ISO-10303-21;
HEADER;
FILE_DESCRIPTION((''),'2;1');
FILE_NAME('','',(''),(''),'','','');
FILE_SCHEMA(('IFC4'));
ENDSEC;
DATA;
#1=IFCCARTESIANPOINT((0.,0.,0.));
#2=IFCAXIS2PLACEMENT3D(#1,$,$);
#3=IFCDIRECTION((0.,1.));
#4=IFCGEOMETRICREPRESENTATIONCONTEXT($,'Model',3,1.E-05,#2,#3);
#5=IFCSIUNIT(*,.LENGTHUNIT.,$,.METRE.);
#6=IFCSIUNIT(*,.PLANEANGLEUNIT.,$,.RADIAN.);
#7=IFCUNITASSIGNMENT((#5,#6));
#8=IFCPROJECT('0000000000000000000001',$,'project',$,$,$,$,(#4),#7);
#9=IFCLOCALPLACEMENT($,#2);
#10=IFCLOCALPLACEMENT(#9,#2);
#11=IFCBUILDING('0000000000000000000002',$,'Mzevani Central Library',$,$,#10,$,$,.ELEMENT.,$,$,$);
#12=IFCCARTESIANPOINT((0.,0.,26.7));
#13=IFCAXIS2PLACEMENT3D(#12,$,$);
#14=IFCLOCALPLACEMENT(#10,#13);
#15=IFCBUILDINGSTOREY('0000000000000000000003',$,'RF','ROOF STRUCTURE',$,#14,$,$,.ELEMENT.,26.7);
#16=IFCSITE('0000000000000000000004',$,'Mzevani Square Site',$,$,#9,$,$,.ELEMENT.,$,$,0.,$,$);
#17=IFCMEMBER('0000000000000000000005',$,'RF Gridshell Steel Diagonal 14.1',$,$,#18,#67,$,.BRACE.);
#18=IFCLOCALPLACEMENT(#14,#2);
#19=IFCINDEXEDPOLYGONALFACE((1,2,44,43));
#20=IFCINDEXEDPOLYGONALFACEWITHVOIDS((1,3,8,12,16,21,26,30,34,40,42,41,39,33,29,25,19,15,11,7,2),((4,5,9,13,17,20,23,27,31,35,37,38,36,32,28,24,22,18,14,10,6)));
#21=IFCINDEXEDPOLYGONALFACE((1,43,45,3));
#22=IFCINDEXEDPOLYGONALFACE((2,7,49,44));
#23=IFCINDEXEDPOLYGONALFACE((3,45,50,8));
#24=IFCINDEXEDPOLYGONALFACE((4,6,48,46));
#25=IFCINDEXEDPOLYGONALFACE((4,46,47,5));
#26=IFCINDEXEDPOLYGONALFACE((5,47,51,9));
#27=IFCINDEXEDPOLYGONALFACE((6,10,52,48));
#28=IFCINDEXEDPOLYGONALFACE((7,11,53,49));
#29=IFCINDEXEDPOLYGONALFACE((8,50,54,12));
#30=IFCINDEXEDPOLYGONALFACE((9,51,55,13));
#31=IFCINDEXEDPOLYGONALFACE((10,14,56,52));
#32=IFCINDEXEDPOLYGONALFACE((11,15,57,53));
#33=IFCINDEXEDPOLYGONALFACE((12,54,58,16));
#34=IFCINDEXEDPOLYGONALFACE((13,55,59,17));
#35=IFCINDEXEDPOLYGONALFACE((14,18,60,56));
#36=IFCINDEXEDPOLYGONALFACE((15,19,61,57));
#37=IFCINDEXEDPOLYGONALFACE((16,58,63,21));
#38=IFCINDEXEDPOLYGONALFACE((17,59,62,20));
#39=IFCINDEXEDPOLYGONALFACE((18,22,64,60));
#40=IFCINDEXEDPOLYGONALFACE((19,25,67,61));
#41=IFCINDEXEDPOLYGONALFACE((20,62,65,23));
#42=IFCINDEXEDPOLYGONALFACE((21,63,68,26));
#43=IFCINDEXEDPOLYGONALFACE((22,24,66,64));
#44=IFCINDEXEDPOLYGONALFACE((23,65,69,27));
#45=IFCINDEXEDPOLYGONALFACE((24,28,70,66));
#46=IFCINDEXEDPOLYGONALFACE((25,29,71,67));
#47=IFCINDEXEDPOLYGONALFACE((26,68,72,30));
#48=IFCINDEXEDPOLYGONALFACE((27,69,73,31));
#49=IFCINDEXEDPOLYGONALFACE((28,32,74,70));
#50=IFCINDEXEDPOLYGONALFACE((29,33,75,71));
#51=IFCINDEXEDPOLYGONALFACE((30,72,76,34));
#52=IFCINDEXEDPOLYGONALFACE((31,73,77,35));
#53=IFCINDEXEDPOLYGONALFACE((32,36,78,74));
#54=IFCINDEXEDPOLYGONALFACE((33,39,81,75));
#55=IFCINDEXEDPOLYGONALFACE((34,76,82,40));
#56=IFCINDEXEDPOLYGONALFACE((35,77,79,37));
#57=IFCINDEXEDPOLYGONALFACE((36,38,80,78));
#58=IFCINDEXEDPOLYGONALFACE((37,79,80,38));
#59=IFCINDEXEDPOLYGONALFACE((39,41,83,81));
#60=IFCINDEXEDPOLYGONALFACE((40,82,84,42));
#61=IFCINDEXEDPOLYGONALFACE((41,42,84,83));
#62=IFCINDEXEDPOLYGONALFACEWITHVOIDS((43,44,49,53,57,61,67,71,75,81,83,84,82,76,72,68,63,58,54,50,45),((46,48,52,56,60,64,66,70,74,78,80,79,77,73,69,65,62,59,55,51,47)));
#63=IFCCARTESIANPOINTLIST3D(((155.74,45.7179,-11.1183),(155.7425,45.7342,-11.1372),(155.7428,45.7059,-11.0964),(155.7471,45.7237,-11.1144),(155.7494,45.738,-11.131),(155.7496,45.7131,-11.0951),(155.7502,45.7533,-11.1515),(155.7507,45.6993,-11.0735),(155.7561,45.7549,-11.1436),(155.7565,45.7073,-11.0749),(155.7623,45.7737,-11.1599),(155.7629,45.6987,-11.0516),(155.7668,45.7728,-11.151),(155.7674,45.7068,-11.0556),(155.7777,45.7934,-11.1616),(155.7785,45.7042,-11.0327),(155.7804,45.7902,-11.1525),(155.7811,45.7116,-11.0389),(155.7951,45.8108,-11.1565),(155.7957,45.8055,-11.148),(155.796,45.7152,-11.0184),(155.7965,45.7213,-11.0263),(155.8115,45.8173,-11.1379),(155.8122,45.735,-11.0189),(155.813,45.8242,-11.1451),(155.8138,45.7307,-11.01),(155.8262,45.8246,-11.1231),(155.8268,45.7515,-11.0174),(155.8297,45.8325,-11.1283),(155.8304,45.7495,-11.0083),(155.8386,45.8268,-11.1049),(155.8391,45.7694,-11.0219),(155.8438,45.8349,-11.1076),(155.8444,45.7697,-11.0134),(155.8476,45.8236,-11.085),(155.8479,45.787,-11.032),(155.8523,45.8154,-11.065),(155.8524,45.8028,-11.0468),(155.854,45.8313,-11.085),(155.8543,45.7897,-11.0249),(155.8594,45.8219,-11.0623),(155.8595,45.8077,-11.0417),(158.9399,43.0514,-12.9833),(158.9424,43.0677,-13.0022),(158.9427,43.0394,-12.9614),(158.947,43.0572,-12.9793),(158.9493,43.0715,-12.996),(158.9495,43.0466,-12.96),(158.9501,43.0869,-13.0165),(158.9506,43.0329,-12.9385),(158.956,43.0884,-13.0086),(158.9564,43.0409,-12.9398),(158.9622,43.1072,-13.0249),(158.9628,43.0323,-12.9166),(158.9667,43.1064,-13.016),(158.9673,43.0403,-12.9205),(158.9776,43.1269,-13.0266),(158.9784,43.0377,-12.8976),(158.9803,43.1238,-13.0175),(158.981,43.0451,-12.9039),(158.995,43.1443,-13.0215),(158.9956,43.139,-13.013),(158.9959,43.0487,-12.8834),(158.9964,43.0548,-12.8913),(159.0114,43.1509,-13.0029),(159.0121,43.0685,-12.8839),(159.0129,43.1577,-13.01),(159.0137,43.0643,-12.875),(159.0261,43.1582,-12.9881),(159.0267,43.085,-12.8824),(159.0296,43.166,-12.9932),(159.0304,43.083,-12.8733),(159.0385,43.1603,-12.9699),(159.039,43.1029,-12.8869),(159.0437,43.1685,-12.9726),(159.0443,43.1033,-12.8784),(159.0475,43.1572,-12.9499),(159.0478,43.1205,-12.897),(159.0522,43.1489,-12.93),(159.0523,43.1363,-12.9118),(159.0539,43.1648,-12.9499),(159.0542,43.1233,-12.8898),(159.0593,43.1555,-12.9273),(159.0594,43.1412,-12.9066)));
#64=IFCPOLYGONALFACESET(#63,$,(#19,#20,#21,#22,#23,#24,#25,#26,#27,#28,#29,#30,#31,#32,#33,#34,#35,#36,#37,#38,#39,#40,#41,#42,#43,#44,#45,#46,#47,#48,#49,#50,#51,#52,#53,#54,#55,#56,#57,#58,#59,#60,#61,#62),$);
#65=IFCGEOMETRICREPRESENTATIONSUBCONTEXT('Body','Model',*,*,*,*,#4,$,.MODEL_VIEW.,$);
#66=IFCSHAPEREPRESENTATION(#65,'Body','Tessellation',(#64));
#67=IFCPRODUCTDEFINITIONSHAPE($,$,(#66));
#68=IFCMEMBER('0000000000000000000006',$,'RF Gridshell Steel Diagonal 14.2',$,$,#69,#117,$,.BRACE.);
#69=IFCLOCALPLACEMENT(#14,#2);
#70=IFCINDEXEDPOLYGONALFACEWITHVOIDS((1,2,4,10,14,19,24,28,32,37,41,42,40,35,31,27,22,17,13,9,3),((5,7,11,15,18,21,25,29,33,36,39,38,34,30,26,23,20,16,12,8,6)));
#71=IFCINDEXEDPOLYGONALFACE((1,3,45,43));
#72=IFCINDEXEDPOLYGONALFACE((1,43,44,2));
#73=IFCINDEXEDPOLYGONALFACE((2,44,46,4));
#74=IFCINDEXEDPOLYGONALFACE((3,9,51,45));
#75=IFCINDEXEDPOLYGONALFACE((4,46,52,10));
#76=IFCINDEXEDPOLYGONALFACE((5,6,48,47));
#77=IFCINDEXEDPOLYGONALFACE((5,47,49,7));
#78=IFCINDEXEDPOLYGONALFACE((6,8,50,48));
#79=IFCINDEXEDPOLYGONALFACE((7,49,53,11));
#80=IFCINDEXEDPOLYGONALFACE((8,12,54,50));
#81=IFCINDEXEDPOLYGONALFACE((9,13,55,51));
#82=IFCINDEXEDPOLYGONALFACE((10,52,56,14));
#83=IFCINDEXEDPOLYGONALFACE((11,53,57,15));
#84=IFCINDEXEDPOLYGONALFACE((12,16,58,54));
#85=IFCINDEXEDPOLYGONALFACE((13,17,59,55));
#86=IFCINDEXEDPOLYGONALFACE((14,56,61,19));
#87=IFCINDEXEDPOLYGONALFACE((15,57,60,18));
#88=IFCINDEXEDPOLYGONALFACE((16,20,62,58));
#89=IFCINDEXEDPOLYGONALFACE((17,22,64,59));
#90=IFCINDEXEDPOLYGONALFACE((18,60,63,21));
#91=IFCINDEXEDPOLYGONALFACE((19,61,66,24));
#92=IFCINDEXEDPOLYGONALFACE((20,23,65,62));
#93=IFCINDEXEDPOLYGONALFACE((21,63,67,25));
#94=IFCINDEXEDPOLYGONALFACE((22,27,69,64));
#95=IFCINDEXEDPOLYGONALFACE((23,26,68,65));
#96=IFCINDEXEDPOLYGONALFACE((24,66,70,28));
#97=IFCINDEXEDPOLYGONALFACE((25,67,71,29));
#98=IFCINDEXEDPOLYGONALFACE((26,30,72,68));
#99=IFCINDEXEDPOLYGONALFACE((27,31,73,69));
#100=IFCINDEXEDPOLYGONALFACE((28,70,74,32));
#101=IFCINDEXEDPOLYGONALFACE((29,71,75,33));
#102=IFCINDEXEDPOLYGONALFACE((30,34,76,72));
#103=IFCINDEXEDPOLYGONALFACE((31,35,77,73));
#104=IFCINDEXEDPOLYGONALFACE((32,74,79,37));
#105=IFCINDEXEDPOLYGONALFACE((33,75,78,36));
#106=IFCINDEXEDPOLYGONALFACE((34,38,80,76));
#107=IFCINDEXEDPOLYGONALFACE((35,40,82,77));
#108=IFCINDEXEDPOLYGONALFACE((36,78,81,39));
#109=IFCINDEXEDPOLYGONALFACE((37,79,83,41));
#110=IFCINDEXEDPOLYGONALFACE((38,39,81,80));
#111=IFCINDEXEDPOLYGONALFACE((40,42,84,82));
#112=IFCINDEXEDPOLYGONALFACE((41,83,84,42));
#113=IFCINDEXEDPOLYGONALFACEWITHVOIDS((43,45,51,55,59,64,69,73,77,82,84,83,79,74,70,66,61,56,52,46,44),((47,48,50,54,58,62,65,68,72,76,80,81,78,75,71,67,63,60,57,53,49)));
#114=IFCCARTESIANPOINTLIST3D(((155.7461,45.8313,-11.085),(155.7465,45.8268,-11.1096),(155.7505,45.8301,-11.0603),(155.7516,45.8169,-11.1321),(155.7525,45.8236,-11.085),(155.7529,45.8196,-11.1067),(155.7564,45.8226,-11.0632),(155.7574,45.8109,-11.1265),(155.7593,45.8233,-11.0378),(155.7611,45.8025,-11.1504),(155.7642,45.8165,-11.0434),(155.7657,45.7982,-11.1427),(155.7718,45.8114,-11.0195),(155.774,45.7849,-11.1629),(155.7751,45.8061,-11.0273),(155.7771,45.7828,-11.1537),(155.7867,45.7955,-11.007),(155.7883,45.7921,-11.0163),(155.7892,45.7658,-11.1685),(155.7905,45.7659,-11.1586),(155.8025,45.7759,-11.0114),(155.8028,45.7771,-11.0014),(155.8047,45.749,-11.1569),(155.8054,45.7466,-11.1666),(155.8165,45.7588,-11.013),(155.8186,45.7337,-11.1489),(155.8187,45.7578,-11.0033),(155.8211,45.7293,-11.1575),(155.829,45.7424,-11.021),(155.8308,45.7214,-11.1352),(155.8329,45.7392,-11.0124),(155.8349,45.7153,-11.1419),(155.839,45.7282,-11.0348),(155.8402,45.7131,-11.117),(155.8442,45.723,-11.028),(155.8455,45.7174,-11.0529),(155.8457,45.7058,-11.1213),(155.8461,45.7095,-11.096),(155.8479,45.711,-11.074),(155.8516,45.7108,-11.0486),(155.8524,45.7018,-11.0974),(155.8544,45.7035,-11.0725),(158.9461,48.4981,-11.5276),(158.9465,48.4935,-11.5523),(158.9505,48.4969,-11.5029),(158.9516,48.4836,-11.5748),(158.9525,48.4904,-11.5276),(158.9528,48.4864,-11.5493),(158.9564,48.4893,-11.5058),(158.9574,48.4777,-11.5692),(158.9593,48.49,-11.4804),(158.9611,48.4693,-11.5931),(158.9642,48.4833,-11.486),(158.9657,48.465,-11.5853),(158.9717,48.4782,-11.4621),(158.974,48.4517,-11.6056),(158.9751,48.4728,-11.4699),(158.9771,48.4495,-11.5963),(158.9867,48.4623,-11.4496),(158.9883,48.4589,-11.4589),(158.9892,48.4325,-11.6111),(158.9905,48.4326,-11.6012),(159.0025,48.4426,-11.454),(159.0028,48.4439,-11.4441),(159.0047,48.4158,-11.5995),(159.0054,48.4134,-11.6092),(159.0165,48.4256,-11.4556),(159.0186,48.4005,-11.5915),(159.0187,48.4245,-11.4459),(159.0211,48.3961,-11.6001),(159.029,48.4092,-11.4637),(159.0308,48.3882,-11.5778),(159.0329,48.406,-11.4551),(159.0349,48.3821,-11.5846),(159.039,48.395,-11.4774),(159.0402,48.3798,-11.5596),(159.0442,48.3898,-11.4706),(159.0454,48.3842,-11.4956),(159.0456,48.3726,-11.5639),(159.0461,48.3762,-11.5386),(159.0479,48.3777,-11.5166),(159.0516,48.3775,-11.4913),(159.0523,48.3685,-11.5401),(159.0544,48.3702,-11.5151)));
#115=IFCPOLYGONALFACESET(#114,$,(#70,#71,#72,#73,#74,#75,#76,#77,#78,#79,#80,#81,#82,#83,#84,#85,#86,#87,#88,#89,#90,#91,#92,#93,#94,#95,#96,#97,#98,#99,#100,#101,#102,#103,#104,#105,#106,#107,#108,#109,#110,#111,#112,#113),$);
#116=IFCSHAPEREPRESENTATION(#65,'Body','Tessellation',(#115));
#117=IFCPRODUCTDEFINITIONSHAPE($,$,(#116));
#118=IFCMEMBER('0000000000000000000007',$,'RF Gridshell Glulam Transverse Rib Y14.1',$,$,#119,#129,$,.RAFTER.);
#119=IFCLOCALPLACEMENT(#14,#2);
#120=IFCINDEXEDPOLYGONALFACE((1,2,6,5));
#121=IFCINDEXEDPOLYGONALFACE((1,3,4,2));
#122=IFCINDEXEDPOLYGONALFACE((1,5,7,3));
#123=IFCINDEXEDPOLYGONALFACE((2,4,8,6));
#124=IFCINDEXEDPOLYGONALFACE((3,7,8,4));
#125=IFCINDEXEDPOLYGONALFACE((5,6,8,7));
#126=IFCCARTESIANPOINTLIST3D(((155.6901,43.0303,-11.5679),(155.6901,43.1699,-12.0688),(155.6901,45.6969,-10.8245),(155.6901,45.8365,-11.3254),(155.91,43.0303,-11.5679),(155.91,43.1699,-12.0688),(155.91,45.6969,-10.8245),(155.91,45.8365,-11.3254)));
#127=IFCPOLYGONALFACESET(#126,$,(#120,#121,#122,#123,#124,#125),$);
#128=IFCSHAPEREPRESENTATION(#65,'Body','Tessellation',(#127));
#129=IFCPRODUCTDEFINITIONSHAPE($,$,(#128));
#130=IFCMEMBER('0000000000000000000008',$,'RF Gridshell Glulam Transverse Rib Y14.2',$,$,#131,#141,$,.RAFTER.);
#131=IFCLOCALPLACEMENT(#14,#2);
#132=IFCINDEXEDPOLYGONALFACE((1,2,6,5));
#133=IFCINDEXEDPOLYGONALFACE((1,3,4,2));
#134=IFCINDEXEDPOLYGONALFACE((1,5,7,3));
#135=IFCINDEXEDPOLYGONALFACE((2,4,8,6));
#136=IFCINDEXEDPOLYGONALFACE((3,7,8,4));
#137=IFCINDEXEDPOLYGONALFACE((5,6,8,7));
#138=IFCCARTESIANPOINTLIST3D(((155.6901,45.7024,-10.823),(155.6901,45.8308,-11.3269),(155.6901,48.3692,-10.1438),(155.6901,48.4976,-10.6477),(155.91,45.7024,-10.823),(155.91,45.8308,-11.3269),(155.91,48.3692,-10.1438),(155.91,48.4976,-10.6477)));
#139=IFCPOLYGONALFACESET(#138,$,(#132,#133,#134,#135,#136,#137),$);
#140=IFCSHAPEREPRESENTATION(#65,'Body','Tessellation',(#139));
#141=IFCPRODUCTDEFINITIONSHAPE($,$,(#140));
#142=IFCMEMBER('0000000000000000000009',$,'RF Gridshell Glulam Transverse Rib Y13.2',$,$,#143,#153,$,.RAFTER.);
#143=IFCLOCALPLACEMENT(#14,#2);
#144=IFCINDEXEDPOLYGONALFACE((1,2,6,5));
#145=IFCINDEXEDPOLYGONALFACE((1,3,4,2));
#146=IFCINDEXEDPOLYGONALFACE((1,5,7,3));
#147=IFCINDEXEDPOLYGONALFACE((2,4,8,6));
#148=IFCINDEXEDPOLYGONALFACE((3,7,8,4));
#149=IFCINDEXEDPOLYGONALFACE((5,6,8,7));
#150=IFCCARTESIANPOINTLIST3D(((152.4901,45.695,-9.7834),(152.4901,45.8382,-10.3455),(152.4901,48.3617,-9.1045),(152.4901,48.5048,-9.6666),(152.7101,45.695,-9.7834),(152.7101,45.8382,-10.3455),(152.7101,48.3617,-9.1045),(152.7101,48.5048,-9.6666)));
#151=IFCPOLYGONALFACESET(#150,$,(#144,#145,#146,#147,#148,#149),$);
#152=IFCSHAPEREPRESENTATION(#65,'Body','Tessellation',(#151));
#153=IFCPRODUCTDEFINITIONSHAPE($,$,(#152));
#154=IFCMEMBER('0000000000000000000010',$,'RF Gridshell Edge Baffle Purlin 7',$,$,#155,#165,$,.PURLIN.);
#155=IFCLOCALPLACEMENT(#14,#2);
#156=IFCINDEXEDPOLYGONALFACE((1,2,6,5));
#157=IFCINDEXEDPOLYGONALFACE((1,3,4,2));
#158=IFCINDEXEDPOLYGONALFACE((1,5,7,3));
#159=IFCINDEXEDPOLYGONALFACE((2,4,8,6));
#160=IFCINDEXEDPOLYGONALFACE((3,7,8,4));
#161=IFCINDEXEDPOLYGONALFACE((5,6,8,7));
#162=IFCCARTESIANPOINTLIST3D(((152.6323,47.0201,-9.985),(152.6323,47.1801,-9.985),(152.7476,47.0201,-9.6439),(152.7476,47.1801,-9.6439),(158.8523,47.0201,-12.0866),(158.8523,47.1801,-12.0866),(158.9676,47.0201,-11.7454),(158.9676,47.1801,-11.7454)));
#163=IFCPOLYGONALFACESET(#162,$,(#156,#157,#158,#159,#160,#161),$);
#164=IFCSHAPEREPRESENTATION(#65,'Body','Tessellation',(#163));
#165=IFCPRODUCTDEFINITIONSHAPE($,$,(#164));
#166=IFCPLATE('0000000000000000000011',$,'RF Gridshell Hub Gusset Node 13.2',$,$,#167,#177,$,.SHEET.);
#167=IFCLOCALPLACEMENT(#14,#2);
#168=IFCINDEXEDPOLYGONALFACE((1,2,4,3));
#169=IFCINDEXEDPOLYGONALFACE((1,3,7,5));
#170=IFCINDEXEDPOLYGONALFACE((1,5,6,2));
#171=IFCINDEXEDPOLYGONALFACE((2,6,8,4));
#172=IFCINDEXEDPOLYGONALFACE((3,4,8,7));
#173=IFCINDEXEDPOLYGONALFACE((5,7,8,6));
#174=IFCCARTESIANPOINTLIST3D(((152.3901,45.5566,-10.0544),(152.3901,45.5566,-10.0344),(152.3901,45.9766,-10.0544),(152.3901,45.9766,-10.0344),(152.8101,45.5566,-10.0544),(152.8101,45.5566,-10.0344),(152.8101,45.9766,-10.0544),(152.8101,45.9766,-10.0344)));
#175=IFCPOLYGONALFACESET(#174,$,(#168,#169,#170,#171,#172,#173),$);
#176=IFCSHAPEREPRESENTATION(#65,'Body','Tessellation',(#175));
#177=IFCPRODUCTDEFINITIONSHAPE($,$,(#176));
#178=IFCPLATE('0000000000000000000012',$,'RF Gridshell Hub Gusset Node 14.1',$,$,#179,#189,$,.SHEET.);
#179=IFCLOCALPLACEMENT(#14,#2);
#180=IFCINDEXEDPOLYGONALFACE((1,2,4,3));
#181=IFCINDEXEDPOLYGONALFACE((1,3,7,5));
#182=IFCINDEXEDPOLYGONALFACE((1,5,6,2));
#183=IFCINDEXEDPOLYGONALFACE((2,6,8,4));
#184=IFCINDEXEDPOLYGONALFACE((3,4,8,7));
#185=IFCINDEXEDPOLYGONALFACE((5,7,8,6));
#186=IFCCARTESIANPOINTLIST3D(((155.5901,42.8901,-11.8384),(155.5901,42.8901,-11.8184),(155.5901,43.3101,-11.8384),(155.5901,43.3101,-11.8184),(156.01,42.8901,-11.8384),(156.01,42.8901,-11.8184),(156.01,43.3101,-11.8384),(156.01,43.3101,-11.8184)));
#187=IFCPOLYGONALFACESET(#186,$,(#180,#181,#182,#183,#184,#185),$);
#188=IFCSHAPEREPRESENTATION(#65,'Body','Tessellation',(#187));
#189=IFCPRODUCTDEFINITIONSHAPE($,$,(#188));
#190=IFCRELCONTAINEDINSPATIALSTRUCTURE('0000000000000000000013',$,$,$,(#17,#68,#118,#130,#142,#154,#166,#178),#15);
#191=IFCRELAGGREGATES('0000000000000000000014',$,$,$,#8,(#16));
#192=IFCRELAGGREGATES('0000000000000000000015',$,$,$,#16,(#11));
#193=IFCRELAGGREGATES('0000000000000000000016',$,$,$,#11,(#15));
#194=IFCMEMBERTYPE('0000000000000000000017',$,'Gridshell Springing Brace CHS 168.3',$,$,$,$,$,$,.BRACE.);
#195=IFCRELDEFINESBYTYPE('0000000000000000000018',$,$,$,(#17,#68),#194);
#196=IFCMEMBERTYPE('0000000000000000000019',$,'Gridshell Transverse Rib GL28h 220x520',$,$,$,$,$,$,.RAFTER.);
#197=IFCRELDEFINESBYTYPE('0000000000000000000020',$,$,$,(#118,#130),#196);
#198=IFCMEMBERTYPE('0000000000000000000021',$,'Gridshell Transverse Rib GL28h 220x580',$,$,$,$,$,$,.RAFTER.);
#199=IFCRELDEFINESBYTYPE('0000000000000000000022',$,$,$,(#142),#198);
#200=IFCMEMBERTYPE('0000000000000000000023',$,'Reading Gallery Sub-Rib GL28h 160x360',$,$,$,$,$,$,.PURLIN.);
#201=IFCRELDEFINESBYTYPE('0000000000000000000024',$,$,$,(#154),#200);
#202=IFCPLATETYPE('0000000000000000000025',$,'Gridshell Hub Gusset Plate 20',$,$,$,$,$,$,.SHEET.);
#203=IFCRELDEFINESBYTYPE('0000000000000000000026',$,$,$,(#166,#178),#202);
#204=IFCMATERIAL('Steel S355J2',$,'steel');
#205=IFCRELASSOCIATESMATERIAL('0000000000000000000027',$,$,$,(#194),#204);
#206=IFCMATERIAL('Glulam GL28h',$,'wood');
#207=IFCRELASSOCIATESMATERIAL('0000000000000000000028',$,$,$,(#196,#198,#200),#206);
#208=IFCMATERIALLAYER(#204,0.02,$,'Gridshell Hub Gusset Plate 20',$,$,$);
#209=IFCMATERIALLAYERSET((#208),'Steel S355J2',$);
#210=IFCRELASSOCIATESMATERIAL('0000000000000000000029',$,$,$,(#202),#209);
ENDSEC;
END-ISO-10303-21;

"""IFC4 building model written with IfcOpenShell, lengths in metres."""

from ifc_helpers import new_model, si_unit, direction, frame, origin, origin_2d, place, context, subcontext, project, spatial, rectangle, hollow_circle, extrude, material, layer, layer_set, material_profile, profile_set, type_object, element, save


model = new_model("IFC4")

# Units and contexts
model_context = context("Model", 3, precision=1e-05, world=origin(), true_north=direction((0.0, 1.0)))
body_context = subcontext(model_context, "Body", "Model", "MODEL_VIEW")
ifc_project = project(units=[si_unit("LENGTHUNIT", "METRE"), si_unit("PLANEANGLEUNIT", "RADIAN")], contexts=[model_context])

# Site, building, storey
site_placement = place(None, origin())
site = spatial("IfcSite", under=ifc_project, at=site_placement, Name="Mzevani Square Site", CompositionType="ELEMENT", RefElevation=0.0)
building_placement = place(site_placement, origin())
building = spatial("IfcBuilding", under=site, at=building_placement, Name="Mzevani Central Library", CompositionType="ELEMENT")
storey_placement = place(building_placement, frame((0.0, 0.0, 26.7)))
storey = spatial("IfcBuildingStorey", under=building, at=storey_placement, Name="RF", Description="ROOF STRUCTURE", CompositionType="ELEMENT", Elevation=26.7)

# Shared definitions
ifc_material_1 = material(Name="Steel S355J2", Category="steel")
ifc_material_2 = material(Name="Glulam GL28h", Category="wood")

# Members
ifc_material_profile_1 = material_profile(ifc_material_1, hollow_circle(Radius=0.0842, WallThickness=0.01, at=origin_2d()), Name="CHS 168.3x10.0")
ifc_profile_set_1 = profile_set([ifc_material_profile_1], Name="Steel S355J2")
member_type_1 = type_object("IfcMemberType", Name="Gridshell Springing Brace CHS 168.3", PredefinedType="BRACE", material=ifc_profile_set_1)
member_1_placement = place(storey_placement, frame((155.8, 45.7666, -11.085), z_axis=(0.701162, -0.584275, -0.40865), x_axis=(0.640167, 0.768236, 0.0)))
element("IfcMember", 1, at=member_1_placement, inside=storey, type_object=member_type_1, Name="RF Gridshell Steel Diagonal 14.1", PredefinedType="BRACE", context=body_context, shape_type="SweptSolid", body=[
    extrude(hollow_circle(Radius=0.0842, WallThickness=0.01, at=origin_2d()), origin(), (0.0, 0.0, 1.0), 4.5637),
])
member_2_placement = place(storey_placement, frame((155.8, 45.7666, -11.085), z_axis=(0.763906, 0.636618, -0.105666), x_axis=(-0.640202, 0.768207, 0.0)))
element("IfcMember", 2, at=member_2_placement, inside=storey, type_object=member_type_1, Name="RF Gridshell Steel Diagonal 14.2", PredefinedType="BRACE", context=body_context, shape_type="SweptSolid", body=[
    extrude(hollow_circle(Radius=0.0842, WallThickness=0.01, at=origin_2d()), origin(), (0.0, 0.0, 1.0), 4.189),
])
ifc_material_profile_2 = material_profile(ifc_material_2, rectangle(XDim=0.22, YDim=0.52, at=origin_2d()), Name="GL28h 220x520")
ifc_profile_set_2 = profile_set([ifc_material_profile_2], Name="Glulam GL28h")
member_type_2 = type_object("IfcMemberType", Name="Gridshell Transverse Rib GL28h 220x520", PredefinedType="RAFTER", material=ifc_profile_set_2)
member_3_placement = place(storey_placement, frame((155.8, 43.1001, -11.8184), z_axis=(0.0, 0.963265, 0.268553), x_axis=(-1.0, 0.0, 0.0)))
element("IfcMember", 3, at=member_3_placement, inside=storey, type_object=member_type_2, Name="RF Gridshell Glulam Transverse Rib Y14.1", PredefinedType="RAFTER", context=body_context, shape_type="SweptSolid", body=[
    extrude(rectangle(XDim=0.22, YDim=0.52, at=origin_2d()), origin(), (0.0, 0.0, 1.0), 2.7683),
])
member_4_placement = place(storey_placement, frame((155.8, 45.7666, -11.075), z_axis=(0.0, 0.969063, 0.246813), x_axis=(-1.0, 0.0, 0.0)))
element("IfcMember", 4, at=member_4_placement, inside=storey, type_object=member_type_2, Name="RF Gridshell Glulam Transverse Rib Y14.2", PredefinedType="RAFTER", context=body_context, shape_type="SweptSolid", body=[
    extrude(rectangle(XDim=0.22, YDim=0.52, at=origin_2d()), origin(), (0.0, 0.0, 1.0), 2.752),
])
ifc_material_profile_3 = material_profile(ifc_material_2, rectangle(XDim=0.22, YDim=0.5801, at=origin_2d()), Name="GL28h 220x580")
ifc_profile_set_3 = profile_set([ifc_material_profile_3], Name="Glulam GL28h")
member_type_3 = type_object("IfcMemberType", Name="Gridshell Transverse Rib GL28h 220x580", PredefinedType="RAFTER", material=ifc_profile_set_3)
member_5_placement = place(storey_placement, frame((152.6001, 45.7666, -10.0645), z_axis=(0.0, 0.969084, 0.246729), x_axis=(-1.0, 0.0, 0.0)))
element("IfcMember", 5, at=member_5_placement, inside=storey, type_object=member_type_3, Name="RF Gridshell Glulam Transverse Rib Y13.2", PredefinedType="RAFTER", context=body_context, shape_type="SweptSolid", body=[
    extrude(rectangle(XDim=0.22, YDim=0.5801, at=origin_2d()), origin(), (0.0, 0.0, 1.0), 2.7517),
])
ifc_material_profile_4 = material_profile(ifc_material_2, rectangle(XDim=0.1599, YDim=0.3601, at=origin_2d()), Name="GL28h 160x360")
ifc_profile_set_4 = profile_set([ifc_material_profile_4], Name="Glulam GL28h")
member_type_4 = type_object("IfcMemberType", Name="Reading Gallery Sub-Rib GL28h 160x360", PredefinedType="PURLIN", material=ifc_profile_set_4)
member_6_placement = place(storey_placement, frame((152.6899, 47.1001, -9.8145), z_axis=(0.947385, 0.0, -0.320096), x_axis=(0.0, 1.0, 0.0)))
element("IfcMember", 6, at=member_6_placement, inside=storey, type_object=member_type_4, Name="RF Gridshell Edge Baffle Purlin 7", PredefinedType="PURLIN", context=body_context, shape_type="SweptSolid", body=[
    extrude(rectangle(XDim=0.1599, YDim=0.3601, at=origin_2d()), origin(), (0.0, 0.0, 1.0), 6.5654),
])

# Plates
ifc_layer_1 = layer(ifc_material_1, 0.02, Name="Gridshell Hub Gusset Plate 20")
ifc_layer_set_1 = layer_set([ifc_layer_1], Name="Steel S355J2")
plate_type = type_object("IfcPlateType", Name="Gridshell Hub Gusset Plate 20", PredefinedType="SHEET", material=ifc_layer_set_1)
for number, where, z_axis, x_axis, name in (
    (7, (152.6001, 45.7666, -10.0544), (0.0, 0.0, 1.0), (1.0, 0.0, 0.0), "RF Gridshell Hub Gusset Node 13.2"),
    (8, (155.8, 43.1001, -11.8384), (0.0, 0.0, 1.0), (1.0, 0.0, 0.0), "RF Gridshell Hub Gusset Node 14.1"),
):
    element("IfcPlate", number, at=place(storey_placement, frame(where, z_axis=z_axis, x_axis=x_axis)), inside=storey, type_object=plate_type, Name=name, PredefinedType="SHEET", context=body_context, shape_type="SweptSolid", body=[
        extrude(rectangle(XDim=0.4199, YDim=0.4199, at=origin_2d()), origin(), (0.0, 0.0, 1.0), 0.02),
    ])

save(model, "model.ifc")
